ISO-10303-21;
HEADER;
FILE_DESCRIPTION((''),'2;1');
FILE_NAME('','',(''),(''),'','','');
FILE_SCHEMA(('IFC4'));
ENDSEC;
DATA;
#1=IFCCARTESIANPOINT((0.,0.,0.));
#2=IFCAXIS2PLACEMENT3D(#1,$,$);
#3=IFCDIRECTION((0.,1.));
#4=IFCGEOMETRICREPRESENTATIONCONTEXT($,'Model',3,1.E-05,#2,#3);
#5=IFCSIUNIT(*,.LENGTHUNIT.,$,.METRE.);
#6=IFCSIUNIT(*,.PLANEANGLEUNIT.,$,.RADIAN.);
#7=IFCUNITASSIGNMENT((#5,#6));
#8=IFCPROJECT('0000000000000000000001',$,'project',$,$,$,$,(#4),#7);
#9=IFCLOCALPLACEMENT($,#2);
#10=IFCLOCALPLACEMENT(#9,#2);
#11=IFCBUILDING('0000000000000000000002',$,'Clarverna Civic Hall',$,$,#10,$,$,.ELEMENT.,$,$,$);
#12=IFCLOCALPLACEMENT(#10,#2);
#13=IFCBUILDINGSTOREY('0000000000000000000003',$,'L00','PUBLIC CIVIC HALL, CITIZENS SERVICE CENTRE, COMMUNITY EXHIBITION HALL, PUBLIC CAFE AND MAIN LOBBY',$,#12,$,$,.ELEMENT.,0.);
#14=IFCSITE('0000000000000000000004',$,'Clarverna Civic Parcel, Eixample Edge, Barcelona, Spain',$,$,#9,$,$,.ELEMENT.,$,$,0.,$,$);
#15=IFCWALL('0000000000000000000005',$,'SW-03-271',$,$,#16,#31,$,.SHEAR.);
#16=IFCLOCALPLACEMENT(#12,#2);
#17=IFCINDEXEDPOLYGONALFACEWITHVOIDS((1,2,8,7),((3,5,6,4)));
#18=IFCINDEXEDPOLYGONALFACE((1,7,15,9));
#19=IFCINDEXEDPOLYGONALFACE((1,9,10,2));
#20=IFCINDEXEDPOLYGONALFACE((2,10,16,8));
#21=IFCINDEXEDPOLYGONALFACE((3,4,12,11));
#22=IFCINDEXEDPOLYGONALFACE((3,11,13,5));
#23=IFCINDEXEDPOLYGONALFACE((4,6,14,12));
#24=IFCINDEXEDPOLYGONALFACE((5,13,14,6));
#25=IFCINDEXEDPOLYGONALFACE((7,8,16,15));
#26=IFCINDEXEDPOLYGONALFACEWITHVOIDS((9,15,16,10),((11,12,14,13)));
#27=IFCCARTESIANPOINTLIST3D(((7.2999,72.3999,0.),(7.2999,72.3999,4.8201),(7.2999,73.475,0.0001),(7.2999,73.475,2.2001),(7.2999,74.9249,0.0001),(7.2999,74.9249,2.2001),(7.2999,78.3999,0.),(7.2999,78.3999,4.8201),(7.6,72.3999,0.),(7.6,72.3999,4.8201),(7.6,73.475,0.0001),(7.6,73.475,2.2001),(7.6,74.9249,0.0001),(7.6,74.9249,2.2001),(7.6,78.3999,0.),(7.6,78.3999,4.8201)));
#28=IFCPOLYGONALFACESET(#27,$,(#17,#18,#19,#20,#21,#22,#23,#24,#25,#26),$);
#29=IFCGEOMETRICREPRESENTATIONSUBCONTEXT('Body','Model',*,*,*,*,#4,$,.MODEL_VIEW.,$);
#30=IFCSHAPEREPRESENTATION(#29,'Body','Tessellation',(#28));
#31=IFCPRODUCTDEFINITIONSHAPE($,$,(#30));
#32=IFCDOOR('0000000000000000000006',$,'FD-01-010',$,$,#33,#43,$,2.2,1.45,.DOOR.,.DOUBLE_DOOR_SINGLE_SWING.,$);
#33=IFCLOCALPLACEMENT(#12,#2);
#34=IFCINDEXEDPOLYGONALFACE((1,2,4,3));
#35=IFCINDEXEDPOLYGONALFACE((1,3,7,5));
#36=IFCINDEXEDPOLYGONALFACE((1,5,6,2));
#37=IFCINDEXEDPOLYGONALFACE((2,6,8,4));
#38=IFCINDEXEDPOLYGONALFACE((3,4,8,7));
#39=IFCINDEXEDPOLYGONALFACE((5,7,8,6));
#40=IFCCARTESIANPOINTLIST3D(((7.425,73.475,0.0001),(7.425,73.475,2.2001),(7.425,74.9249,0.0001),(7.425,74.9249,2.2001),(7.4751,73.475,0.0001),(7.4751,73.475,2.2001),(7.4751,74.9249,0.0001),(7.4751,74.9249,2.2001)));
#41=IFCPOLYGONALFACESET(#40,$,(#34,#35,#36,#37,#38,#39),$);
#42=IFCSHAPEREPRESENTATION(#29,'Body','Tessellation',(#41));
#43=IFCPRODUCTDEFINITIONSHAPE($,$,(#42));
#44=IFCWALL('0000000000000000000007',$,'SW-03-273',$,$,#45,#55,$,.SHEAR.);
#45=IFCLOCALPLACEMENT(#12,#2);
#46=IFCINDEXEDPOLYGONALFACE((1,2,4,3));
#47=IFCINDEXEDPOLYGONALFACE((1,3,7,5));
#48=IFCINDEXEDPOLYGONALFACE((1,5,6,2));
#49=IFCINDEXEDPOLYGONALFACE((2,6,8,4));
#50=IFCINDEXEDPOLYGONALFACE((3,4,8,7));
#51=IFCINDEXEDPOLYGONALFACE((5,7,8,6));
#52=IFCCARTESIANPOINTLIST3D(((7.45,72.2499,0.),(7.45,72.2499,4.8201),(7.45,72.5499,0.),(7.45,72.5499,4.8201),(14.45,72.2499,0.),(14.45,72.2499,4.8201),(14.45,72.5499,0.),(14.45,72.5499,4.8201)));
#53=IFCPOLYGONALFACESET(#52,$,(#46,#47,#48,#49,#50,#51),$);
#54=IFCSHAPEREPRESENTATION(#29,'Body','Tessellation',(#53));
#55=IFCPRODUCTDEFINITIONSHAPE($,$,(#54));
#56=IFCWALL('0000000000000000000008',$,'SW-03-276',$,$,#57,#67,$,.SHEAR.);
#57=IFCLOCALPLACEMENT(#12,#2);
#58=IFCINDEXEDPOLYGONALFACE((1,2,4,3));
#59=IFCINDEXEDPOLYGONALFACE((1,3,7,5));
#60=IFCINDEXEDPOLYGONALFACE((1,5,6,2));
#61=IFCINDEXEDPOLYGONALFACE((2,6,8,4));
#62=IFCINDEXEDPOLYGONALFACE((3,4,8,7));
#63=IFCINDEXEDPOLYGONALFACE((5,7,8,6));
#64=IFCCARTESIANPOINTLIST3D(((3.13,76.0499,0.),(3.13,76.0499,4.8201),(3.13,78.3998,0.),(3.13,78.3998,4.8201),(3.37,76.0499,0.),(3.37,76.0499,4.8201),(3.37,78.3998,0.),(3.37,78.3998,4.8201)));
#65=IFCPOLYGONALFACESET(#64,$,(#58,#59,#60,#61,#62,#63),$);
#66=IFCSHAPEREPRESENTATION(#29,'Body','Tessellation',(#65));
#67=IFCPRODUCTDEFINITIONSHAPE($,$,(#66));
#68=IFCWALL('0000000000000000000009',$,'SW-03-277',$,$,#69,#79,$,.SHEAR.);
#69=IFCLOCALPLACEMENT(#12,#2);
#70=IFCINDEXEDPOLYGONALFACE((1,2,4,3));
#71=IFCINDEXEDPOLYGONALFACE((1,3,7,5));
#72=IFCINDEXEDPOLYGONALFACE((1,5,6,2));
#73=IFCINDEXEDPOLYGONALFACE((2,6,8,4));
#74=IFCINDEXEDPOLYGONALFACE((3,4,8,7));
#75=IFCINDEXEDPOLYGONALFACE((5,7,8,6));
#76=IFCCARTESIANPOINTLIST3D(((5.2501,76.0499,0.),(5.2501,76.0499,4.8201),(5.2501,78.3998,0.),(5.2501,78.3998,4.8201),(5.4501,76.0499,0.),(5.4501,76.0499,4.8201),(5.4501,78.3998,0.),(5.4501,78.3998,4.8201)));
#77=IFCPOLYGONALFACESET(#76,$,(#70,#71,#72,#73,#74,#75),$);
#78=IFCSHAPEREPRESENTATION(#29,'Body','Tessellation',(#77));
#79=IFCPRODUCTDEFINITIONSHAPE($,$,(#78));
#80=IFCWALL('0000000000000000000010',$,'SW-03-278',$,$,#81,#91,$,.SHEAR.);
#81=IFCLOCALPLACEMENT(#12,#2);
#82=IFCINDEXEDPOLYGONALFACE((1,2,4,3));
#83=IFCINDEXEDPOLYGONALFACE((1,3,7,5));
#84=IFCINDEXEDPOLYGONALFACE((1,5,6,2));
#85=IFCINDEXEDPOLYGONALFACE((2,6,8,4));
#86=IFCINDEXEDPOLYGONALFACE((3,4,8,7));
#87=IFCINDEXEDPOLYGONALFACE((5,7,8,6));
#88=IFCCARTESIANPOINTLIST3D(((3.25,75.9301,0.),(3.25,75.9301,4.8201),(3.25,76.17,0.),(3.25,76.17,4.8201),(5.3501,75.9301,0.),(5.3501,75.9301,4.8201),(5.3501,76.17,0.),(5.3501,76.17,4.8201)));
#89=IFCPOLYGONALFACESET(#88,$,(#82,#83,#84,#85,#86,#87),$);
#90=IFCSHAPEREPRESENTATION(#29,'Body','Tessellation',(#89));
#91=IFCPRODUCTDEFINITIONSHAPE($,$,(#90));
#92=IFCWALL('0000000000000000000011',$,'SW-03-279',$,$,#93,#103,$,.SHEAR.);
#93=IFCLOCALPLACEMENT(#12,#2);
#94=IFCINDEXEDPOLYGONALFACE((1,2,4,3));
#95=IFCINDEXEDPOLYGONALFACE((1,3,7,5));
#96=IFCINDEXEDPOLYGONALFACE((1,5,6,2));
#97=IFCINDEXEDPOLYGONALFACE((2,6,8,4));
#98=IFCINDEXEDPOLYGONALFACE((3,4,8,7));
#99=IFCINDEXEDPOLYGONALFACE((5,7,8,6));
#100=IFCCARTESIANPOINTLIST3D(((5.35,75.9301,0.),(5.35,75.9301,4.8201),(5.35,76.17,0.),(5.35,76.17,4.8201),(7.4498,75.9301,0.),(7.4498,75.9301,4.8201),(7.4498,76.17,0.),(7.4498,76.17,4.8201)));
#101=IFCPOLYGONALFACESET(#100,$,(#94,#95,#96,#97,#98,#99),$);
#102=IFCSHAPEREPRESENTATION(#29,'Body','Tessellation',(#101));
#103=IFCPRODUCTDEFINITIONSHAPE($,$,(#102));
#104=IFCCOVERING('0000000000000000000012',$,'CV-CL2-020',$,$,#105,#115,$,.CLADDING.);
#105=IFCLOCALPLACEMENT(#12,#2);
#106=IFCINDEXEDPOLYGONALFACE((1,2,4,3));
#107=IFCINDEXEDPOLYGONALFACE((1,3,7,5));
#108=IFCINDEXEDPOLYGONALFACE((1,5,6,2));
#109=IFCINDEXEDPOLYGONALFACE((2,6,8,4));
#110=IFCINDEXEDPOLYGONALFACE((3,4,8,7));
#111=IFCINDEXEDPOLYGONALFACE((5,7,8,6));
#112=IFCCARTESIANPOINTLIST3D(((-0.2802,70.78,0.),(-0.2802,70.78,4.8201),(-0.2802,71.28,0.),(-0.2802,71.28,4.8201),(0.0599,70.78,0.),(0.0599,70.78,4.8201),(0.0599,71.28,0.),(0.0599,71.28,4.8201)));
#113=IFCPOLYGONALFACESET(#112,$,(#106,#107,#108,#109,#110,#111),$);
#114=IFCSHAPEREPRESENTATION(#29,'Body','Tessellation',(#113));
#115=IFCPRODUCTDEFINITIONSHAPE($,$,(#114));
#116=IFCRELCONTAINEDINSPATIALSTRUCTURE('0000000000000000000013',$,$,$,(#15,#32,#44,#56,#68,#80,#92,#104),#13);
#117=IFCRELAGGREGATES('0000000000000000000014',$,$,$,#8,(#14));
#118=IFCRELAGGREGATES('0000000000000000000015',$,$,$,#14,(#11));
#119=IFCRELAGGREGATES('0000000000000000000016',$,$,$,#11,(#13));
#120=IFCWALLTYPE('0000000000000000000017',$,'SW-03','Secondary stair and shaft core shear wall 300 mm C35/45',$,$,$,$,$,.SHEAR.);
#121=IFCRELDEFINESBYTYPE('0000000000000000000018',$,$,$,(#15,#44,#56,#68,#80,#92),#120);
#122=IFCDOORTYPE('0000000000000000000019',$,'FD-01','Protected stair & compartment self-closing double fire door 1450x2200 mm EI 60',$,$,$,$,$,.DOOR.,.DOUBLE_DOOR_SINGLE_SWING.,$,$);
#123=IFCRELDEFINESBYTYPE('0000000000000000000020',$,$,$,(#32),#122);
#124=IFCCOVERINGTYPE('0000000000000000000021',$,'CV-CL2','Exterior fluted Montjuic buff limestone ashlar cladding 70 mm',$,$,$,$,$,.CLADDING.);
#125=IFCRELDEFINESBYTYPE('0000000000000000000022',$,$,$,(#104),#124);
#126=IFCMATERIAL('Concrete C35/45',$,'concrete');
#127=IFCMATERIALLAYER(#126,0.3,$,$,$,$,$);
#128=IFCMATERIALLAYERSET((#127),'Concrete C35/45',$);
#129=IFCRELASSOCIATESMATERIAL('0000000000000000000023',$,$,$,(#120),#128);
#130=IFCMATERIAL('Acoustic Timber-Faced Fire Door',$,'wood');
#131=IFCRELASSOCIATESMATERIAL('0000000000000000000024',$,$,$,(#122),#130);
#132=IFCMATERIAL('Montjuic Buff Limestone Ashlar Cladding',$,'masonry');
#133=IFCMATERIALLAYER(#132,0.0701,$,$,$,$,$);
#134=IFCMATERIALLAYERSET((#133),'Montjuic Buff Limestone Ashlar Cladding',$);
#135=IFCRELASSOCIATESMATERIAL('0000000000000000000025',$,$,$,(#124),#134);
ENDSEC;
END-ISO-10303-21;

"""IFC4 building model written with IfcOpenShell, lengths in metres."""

from ifc_helpers import new_model, si_unit, direction, frame, frame_2d, origin, place, context, subcontext, project, spatial, rectangle, extrude, material, layer, layer_set, type_object, element, fill, save


model = new_model("IFC4")

# Units and contexts
model_context = context("Model", 3, precision=1e-05, world=origin(), true_north=direction((0.0, 1.0)))
body_context = subcontext(model_context, "Body", "Model", "MODEL_VIEW")
ifc_project = project(units=[si_unit("LENGTHUNIT", "METRE"), si_unit("PLANEANGLEUNIT", "RADIAN")], contexts=[model_context])

# Site, building, storey
site_placement = place(None, origin())
site = spatial("IfcSite", under=ifc_project, at=site_placement, Name="Clarverna Civic Parcel, Eixample Edge, Barcelona, Spain", CompositionType="ELEMENT", RefElevation=0.0)
building_placement = place(site_placement, origin())
building = spatial("IfcBuilding", under=site, at=building_placement, Name="Clarverna Civic Hall", CompositionType="ELEMENT")
storey_placement = place(building_placement, origin())
storey = spatial("IfcBuildingStorey", under=building, at=storey_placement, Name="L00", Description="PUBLIC CIVIC HALL, CITIZENS SERVICE CENTRE, COMMUNITY EXHIBITION HALL, PUBLIC CAFE AND MAIN LOBBY", CompositionType="ELEMENT", Elevation=0.0)

# Shared definitions
ifc_material_1 = material(Name="Concrete C35/45", Category="concrete")

# Wall, opening, door
ifc_material_2 = material(Name="Acoustic Timber-Faced Fire Door", Category="wood")
ifc_layer_1 = layer(ifc_material_1, 0.3)
ifc_layer_set_1 = layer_set([ifc_layer_1], Name="Concrete C35/45")
wall_type_1 = type_object("IfcWallType", Name="SW-03", Description="Secondary stair and shaft core shear wall 300 mm C35/45", PredefinedType="SHEAR", material=ifc_layer_set_1)
wall_1_placement = place(storey_placement, frame((7.45, 72.3999, 0.0), z_axis=(0.0, 0.0, 1.0), x_axis=(0.0, 1.0, 0.0)))
wall_1 = element("IfcWall", 1, at=wall_1_placement, inside=storey, type_object=wall_type_1, Name="SW-03-271", PredefinedType="SHEAR", context=body_context, shape_type="SweptSolid", body=[
    extrude(rectangle(XDim=6.0, YDim=0.3, at=frame_2d((3.0, 0.0))), origin(), (0.0, 0.0, 1.0), 4.8201),
])
opening_1_placement = place(wall_1_placement, frame((1.075, 0.0, 0.0)))
opening_1 = element("IfcOpeningElement", 2, at=opening_1_placement, cuts=wall_1, PredefinedType="OPENING", context=body_context, shape_type="SweptSolid", body=[
    extrude(rectangle(XDim=1.45, YDim=2.2, at=frame_2d((0.7251, 1.1001))), frame((0.0, 0.1599, 0.0), z_axis=(0.0, -1.0, 0.0), x_axis=(1.0, 0.0, 0.0)), (0.0, 0.0, 1.0), 0.3201),
])
door_type_1 = type_object("IfcDoorType", Name="FD-01", Description="Protected stair & compartment self-closing double fire door 1450x2200 mm EI 60", OperationType="DOUBLE_DOOR_SINGLE_SWING", PredefinedType="DOOR", material=ifc_material_2)
door_1_placement = place(opening_1_placement, origin())
door_1 = element("IfcDoor", 3, at=door_1_placement, inside=storey, type_object=door_type_1, Name="FD-01-010", OperationType="DOUBLE_DOOR_SINGLE_SWING", OverallHeight=2.2, OverallWidth=1.45, PredefinedType="DOOR", context=body_context, shape_type="SweptSolid", body=[
    extrude(rectangle(XDim=1.45, YDim=2.2, at=frame_2d((0.7251, 1.1001))), frame((0.0, 0.0249, 0.0), z_axis=(0.0, -1.0, 0.0), x_axis=(1.0, 0.0, 0.0)), (0.0, 0.0, 1.0), 0.05),
])
fill(opening_1, door_1)

# Walls
wall_2_placement = place(storey_placement, frame((7.45, 72.3999, 0.0), z_axis=(0.0, 0.0, 1.0), x_axis=(1.0, 0.0, 0.0)))
element("IfcWall", 4, at=wall_2_placement, inside=storey, type_object=wall_type_1, Name="SW-03-273", PredefinedType="SHEAR", context=body_context, shape_type="SweptSolid", body=[
    extrude(rectangle(XDim=7.0, YDim=0.3, at=frame_2d((3.5, 0.0))), origin(), (0.0, 0.0, 1.0), 4.8201),
])
wall_3_placement = place(storey_placement, frame((3.25, 76.05, 0.0), z_axis=(0.0, 0.0, 1.0), x_axis=(0.0, 1.0, 0.0)))
element("IfcWall", 5, at=wall_3_placement, inside=storey, type_object=wall_type_1, Name="SW-03-276", PredefinedType="SHEAR", context=body_context, shape_type="SweptSolid", body=[
    extrude(rectangle(XDim=2.3499, YDim=0.24, at=frame_2d((1.1748, 0.0))), origin(), (0.0, 0.0, 1.0), 4.8201),
])
wall_4_placement = place(storey_placement, frame((5.3501, 76.05, 0.0), z_axis=(0.0, 0.0, 1.0), x_axis=(0.0, 1.0, 0.0)))
element("IfcWall", 6, at=wall_4_placement, inside=storey, type_object=wall_type_1, Name="SW-03-277", PredefinedType="SHEAR", context=body_context, shape_type="SweptSolid", body=[
    extrude(rectangle(XDim=2.3499, YDim=0.2, at=frame_2d((1.1748, 0.0))), origin(), (0.0, 0.0, 1.0), 4.8201),
])
wall_5_placement = place(storey_placement, frame((3.25, 76.05, 0.0), z_axis=(0.0, 0.0, 1.0), x_axis=(1.0, 0.0, 0.0)))
element("IfcWall", 7, at=wall_5_placement, inside=storey, type_object=wall_type_1, Name="SW-03-278", PredefinedType="SHEAR", context=body_context, shape_type="SweptSolid", body=[
    extrude(rectangle(XDim=2.1001, YDim=0.24, at=frame_2d((1.05, 0.0))), origin(), (0.0, 0.0, 1.0), 4.8201),
])
wall_6_placement = place(storey_placement, frame((5.3501, 76.05, 0.0), z_axis=(0.0, 0.0, 1.0), x_axis=(1.0, 0.0, 0.0)))
element("IfcWall", 8, at=wall_6_placement, inside=storey, type_object=wall_type_1, Name="SW-03-279", PredefinedType="SHEAR", context=body_context, shape_type="SweptSolid", body=[
    extrude(rectangle(XDim=2.0999, YDim=0.24, at=frame_2d((1.0498, 0.0))), origin(), (0.0, 0.0, 1.0), 4.8201),
])

# Covering
ifc_material_3 = material(Name="Montjuic Buff Limestone Ashlar Cladding", Category="masonry")
ifc_layer_2 = layer(ifc_material_3, 0.0701)
ifc_layer_set_2 = layer_set([ifc_layer_2], Name="Montjuic Buff Limestone Ashlar Cladding")
covering_type = type_object("IfcCoveringType", Name="CV-CL2", Description="Exterior fluted Montjuic buff limestone ashlar cladding 70 mm", PredefinedType="CLADDING", material=ifc_layer_set_2)
covering_placement = place(storey_placement, frame((-0.1101, 70.78, 0.0), z_axis=(0.0, 0.0, 1.0), x_axis=(0.0, 1.0, 0.0)))
element("IfcCovering", 9, at=covering_placement, inside=storey, type_object=covering_type, Name="CV-CL2-020", PredefinedType="CLADDING", context=body_context, shape_type="SweptSolid", body=[
    extrude(rectangle(XDim=0.5, YDim=0.3401, at=frame_2d((0.25, 0.0))), origin(), (0.0, 0.0, 1.0), 4.8201),
])

save(model, "model.ifc")
